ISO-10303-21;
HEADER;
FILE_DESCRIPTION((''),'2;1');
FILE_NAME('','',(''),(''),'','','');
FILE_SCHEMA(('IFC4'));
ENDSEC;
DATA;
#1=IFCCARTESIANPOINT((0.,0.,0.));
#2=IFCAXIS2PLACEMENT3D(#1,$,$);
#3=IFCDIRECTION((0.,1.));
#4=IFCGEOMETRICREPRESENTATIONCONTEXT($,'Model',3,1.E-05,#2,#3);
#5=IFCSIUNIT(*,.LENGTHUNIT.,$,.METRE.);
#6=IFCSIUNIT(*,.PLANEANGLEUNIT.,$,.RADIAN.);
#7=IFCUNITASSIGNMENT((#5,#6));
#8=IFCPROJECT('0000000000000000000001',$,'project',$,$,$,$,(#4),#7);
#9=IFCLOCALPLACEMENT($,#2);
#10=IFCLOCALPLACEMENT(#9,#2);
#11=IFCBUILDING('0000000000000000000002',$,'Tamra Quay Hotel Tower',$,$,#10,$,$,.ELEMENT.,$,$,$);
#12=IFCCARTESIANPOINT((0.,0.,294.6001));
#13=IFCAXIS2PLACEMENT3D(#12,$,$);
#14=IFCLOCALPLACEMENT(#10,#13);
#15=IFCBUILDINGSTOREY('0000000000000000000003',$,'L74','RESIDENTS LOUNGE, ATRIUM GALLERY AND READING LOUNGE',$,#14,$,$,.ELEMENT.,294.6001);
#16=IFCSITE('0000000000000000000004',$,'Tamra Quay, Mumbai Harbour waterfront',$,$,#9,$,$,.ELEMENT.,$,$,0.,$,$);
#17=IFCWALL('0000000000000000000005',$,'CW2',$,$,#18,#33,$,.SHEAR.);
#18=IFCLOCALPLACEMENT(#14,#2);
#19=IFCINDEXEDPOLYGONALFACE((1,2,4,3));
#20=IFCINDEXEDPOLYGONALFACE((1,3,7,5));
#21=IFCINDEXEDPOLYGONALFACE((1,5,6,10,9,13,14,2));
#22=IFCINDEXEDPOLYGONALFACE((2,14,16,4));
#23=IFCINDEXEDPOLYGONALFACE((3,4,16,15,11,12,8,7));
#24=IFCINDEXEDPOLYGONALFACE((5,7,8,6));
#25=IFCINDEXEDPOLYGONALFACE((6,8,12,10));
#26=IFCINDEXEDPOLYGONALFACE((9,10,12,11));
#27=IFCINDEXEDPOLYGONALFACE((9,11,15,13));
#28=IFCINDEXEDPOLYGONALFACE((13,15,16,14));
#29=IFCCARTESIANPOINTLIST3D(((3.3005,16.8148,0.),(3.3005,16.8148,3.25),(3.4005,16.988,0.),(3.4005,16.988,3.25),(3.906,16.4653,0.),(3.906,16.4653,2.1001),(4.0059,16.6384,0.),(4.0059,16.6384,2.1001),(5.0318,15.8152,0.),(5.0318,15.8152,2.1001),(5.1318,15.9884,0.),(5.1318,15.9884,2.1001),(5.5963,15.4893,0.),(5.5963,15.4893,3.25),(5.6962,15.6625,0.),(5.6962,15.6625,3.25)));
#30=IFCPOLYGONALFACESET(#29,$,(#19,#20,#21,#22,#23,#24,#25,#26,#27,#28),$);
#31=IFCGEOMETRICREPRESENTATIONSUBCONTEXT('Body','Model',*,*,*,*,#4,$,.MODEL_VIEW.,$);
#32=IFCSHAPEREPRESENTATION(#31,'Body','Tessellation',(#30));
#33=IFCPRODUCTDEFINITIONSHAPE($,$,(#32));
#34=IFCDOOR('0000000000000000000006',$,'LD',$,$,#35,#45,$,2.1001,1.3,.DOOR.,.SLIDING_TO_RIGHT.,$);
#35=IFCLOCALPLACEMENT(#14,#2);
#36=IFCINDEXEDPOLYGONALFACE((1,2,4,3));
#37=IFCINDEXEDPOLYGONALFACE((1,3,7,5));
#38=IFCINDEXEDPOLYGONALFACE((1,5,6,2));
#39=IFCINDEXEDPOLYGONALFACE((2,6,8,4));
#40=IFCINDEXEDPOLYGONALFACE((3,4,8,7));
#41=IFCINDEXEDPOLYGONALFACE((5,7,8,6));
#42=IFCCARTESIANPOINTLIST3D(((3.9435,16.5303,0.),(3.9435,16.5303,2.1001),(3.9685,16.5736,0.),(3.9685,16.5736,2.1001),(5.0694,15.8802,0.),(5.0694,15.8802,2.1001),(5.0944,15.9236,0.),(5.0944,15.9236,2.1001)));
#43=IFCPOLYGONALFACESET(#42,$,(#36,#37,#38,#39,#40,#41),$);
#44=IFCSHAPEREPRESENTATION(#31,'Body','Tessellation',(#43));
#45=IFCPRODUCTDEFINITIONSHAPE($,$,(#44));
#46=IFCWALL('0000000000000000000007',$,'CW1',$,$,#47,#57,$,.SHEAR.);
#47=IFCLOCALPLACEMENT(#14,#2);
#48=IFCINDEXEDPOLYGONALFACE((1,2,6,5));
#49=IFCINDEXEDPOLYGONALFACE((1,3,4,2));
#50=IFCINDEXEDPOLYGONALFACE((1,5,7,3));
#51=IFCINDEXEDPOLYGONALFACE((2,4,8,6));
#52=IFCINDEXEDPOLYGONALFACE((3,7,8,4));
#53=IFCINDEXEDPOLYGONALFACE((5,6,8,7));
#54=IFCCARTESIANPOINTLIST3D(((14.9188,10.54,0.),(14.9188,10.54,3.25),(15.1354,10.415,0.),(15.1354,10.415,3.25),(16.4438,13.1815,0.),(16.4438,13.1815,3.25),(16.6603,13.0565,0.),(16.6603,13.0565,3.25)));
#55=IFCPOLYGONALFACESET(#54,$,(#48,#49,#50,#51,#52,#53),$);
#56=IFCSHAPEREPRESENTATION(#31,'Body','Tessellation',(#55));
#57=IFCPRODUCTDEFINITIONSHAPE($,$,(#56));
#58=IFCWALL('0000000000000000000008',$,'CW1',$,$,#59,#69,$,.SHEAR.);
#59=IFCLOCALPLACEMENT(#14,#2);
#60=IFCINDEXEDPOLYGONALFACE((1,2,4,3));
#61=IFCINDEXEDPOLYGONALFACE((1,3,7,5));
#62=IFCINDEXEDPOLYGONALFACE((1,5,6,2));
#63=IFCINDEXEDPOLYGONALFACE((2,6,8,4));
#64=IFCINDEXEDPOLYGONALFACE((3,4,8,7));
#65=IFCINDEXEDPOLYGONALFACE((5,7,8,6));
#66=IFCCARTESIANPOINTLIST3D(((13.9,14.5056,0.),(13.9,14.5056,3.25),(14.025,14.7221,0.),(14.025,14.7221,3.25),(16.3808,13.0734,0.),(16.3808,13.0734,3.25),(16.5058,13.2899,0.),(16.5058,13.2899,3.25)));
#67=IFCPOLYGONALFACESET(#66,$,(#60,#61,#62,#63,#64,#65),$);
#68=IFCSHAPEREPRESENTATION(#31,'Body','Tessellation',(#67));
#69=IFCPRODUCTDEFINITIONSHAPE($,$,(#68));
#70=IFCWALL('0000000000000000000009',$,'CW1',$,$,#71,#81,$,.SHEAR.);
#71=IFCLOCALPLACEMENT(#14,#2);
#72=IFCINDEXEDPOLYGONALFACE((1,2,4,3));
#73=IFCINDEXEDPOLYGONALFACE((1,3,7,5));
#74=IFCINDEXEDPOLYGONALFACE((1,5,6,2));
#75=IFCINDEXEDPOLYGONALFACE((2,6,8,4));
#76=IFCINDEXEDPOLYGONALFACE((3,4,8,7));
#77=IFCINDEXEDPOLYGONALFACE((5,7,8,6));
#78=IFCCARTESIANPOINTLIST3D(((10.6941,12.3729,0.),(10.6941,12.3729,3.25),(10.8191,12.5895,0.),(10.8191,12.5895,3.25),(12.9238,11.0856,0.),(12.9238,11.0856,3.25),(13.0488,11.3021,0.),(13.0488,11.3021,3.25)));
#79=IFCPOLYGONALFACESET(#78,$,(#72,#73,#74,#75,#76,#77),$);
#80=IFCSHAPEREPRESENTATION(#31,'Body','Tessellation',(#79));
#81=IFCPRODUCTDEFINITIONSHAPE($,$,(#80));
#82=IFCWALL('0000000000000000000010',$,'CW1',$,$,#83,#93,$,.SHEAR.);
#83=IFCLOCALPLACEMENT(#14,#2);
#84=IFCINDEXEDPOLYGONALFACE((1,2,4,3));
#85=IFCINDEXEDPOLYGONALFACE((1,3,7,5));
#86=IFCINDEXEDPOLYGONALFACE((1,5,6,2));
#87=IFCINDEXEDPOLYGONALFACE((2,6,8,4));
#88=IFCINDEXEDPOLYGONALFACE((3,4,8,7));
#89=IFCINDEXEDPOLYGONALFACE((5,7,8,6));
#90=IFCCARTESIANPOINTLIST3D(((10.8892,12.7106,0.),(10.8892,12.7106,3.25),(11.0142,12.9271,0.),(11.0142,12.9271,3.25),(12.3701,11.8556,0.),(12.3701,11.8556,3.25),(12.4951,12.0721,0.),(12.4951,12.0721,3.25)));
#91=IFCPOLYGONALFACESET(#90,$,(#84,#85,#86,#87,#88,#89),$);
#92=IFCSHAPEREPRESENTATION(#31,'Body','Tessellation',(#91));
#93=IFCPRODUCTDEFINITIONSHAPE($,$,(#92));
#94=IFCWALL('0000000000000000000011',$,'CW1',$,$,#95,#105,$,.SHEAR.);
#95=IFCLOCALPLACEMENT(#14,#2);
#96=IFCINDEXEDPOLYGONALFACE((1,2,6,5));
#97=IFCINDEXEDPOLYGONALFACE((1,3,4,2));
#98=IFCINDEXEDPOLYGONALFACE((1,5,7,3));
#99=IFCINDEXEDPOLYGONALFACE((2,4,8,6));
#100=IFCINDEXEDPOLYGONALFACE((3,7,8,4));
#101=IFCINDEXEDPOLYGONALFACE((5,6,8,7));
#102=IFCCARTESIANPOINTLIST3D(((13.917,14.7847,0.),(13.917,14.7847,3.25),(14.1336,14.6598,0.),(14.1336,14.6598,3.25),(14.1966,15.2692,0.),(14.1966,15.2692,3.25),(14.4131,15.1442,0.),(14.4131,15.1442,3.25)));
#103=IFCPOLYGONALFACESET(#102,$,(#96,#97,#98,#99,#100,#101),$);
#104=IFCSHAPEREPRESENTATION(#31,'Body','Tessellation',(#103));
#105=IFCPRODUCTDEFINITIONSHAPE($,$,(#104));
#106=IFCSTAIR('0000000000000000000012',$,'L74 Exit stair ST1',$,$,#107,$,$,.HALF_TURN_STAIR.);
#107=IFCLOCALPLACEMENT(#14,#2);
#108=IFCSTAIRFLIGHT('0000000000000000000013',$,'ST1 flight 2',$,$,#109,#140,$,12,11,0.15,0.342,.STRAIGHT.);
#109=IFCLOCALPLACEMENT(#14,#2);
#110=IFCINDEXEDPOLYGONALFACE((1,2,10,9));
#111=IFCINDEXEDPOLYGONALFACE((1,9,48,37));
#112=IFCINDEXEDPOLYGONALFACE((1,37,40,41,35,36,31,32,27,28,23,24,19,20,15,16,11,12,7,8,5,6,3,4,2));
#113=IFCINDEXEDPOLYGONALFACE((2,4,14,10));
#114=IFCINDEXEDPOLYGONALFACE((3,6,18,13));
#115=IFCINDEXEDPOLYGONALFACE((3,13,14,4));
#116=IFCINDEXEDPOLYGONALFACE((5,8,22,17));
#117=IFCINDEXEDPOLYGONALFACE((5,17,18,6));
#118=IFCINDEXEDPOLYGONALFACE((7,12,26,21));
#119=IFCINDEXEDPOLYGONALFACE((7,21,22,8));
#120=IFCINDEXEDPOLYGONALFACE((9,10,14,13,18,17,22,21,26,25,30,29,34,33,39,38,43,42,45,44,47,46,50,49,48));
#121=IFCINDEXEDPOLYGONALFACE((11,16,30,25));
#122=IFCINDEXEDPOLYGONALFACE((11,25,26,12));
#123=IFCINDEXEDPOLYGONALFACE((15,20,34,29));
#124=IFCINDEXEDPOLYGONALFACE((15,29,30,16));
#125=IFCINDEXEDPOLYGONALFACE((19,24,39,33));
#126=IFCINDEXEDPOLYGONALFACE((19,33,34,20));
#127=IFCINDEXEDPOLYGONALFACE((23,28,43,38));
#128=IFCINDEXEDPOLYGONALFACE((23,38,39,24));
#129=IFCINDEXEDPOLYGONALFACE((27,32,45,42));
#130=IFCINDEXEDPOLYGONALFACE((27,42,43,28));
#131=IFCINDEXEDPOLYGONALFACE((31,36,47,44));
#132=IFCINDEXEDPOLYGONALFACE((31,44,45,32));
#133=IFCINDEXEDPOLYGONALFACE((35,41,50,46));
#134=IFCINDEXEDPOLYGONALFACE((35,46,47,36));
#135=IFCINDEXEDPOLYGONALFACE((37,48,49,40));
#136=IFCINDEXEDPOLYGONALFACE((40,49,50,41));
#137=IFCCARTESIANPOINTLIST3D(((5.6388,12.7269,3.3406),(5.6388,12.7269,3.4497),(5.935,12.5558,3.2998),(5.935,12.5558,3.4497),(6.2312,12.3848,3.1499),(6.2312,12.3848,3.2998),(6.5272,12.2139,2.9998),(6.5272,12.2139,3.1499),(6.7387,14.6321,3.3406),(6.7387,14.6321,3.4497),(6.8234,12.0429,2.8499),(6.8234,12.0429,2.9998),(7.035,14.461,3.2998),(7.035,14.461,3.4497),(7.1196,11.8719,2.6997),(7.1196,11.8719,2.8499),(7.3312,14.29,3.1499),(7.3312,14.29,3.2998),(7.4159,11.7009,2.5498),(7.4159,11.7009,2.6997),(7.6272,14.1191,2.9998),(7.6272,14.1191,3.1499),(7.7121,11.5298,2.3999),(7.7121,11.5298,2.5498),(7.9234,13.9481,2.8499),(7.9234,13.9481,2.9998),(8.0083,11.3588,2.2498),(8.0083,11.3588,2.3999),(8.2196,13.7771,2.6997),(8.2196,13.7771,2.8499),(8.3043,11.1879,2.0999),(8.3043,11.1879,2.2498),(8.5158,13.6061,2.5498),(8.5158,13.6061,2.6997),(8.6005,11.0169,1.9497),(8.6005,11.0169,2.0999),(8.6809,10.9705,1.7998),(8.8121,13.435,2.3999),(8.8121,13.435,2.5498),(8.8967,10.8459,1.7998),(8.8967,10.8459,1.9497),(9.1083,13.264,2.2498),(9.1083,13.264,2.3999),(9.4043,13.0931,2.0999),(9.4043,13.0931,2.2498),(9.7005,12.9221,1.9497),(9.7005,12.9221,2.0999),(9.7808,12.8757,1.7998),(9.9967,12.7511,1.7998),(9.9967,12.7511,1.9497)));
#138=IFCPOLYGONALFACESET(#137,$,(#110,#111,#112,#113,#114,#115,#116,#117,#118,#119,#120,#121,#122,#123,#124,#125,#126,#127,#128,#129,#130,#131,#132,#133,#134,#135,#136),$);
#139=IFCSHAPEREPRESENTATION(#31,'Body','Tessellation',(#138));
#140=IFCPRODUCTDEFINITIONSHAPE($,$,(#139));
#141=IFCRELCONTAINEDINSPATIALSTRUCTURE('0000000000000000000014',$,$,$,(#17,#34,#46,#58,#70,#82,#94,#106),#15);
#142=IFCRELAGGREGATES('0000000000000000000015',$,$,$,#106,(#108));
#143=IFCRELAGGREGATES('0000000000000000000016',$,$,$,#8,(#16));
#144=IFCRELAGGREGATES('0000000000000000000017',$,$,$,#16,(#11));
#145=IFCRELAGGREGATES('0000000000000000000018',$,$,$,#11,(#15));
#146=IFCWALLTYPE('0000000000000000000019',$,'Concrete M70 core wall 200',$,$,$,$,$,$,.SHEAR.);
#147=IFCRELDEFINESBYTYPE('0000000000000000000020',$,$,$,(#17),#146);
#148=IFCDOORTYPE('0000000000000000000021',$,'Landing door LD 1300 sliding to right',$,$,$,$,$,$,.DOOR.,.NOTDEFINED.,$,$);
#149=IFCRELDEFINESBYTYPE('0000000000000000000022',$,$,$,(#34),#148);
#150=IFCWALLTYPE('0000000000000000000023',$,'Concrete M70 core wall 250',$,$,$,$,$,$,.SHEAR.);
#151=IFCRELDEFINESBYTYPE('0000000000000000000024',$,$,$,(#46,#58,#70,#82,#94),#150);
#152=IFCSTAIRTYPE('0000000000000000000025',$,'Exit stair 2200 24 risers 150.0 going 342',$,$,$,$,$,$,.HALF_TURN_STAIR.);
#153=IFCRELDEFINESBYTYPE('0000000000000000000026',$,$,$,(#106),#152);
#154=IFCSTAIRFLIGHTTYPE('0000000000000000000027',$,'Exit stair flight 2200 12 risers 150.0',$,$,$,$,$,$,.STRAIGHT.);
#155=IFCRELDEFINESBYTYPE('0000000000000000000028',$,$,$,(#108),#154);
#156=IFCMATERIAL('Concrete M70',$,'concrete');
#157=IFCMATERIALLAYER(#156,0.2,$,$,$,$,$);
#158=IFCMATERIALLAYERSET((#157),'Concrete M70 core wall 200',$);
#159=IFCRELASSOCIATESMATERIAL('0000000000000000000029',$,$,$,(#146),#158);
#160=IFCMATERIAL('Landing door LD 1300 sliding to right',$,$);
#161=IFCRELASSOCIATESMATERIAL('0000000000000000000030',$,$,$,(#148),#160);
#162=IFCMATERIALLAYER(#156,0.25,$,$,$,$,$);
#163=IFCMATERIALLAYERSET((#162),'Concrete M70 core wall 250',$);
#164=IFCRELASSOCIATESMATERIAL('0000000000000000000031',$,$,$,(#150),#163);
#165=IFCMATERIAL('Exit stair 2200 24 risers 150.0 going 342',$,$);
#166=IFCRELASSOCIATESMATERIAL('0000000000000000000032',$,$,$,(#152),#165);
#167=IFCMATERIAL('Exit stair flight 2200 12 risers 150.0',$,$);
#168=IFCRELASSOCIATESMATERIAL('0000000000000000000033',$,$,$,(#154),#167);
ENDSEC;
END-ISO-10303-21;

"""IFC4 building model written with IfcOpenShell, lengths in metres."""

from ifc_helpers import new_model, si_unit, direction, frame, frame_2d, origin, place, context, subcontext, project, spatial, polyline, rectangle, outline, extrude, material, layer, layer_set, type_object, element, fill, aggregate, save


model = new_model("IFC4")

# Units and contexts
model_context = context("Model", 3, precision=1e-05, world=origin(), true_north=direction((0.0, 1.0)))
body_context = subcontext(model_context, "Body", "Model", "MODEL_VIEW")
ifc_project = project(units=[si_unit("LENGTHUNIT", "METRE"), si_unit("PLANEANGLEUNIT", "RADIAN")], contexts=[model_context])

# Site, building, storey
site_placement = place(None, origin())
site = spatial("IfcSite", under=ifc_project, at=site_placement, Name="Tamra Quay, Mumbai Harbour waterfront", CompositionType="ELEMENT", RefElevation=0.0)
building_placement = place(site_placement, origin())
building = spatial("IfcBuilding", under=site, at=building_placement, Name="Tamra Quay Hotel Tower", CompositionType="ELEMENT")
storey_placement = place(building_placement, frame((0.0, 0.0, 294.6001)))
storey = spatial("IfcBuildingStorey", under=building, at=storey_placement, Name="L74", Description="RESIDENTS LOUNGE, ATRIUM GALLERY AND READING LOUNGE", CompositionType="ELEMENT", Elevation=294.6001)

# Shared definitions
ifc_material_1 = material(Name="Concrete M70", Category="concrete")
ifc_layer_1 = layer(ifc_material_1, 0.2)
ifc_layer_set_1 = layer_set([ifc_layer_1], Name="Concrete M70 core wall 200")
wall_type_1 = type_object("IfcWallType", Name="Concrete M70 core wall 200", PredefinedType="SHEAR", material=ifc_layer_set_1)

# Wall, opening, door
wall_1_placement = place(storey_placement, frame((5.6462, 15.5759, 0.0), z_axis=(0.0, 0.0, 1.0), x_axis=(-0.866018, 0.500012, 0.0)))
wall_1 = element("IfcWall", 1, at=wall_1_placement, inside=storey, type_object=wall_type_1, Name="CW2", PredefinedType="SHEAR", context=body_context, shape_type="SweptSolid", body=[
    extrude(rectangle(XDim=2.6509, YDim=0.2, at=frame_2d((1.3254, 0.0))), origin(), (0.0, 0.0, 1.0), 3.25),
])
opening_1_placement = place(wall_1_placement, frame((0.6519, 0.0, 0.0)))
opening_1 = element("IfcOpeningElement", 2, at=opening_1_placement, cuts=wall_1, PredefinedType="OPENING", context=body_context, shape_type="SweptSolid", body=[
    extrude(rectangle(XDim=1.3, YDim=2.1001, at=frame_2d((0.6499, 1.05))), frame((0.0, 0.1099, 0.0), z_axis=(0.0, -1.0, 0.0), x_axis=(1.0, 0.0, 0.0)), (0.0, 0.0, 1.0), 0.22),
])
ifc_material_2 = material(Name="Landing door LD 1300 sliding to right")
door_type_1 = type_object("IfcDoorType", Name="Landing door LD 1300 sliding to right", OperationType="NOTDEFINED", PredefinedType="DOOR", material=ifc_material_2)
door_1_placement = place(opening_1_placement, origin())
door_1 = element("IfcDoor", 3, at=door_1_placement, inside=storey, type_object=door_type_1, Name="LD", OperationType="SLIDING_TO_RIGHT", OverallHeight=2.1001, OverallWidth=1.3, PredefinedType="DOOR", context=body_context, shape_type="SweptSolid", body=[
    extrude(rectangle(XDim=1.3, YDim=2.1001, at=frame_2d((0.6499, 1.05))), frame((0.0, 0.0249, 0.0), z_axis=(0.0, -1.0, 0.0), x_axis=(1.0, 0.0, 0.0)), (0.0, 0.0, 1.0), 0.05),
])
fill(opening_1, door_1)

# Walls
ifc_layer_2 = layer(ifc_material_1, 0.25)
ifc_layer_set_2 = layer_set([ifc_layer_2], Name="Concrete M70 core wall 250")
wall_type_2 = type_object("IfcWallType", Name="Concrete M70 core wall 250", PredefinedType="SHEAR", material=ifc_layer_set_2)
wall_2_placement = place(storey_placement, frame((16.552, 13.1189, 0.0), z_axis=(0.0, 0.0, 1.0), x_axis=(-0.499979, -0.866038, 0.0)))
element("IfcWall", 4, at=wall_2_placement, inside=storey, type_object=wall_type_2, Name="CW1", PredefinedType="SHEAR", context=body_context, shape_type="SweptSolid", body=[
    extrude(rectangle(XDim=3.05, YDim=0.25, at=frame_2d((1.5249, 0.0))), origin(), (0.0, 0.0, 1.0), 3.25),
])
wall_3_placement = place(storey_placement, frame((13.9626, 14.6138, 0.0), z_axis=(0.0, 0.0, 1.0), x_axis=(0.866042, -0.499971, 0.0)))
element("IfcWall", 5, at=wall_3_placement, inside=storey, type_object=wall_type_2, Name="CW1", PredefinedType="SHEAR", context=body_context, shape_type="SweptSolid", body=[
    extrude(rectangle(XDim=2.8645, YDim=0.25, at=frame_2d((1.4321, 0.0))), origin(), (0.0, 0.0, 1.0), 3.25),
])
wall_4_placement = place(storey_placement, frame((10.7566, 12.4812, 0.0), z_axis=(0.0, 0.0, 1.0), x_axis=(0.866023, -0.500004, 0.0)))
element("IfcWall", 6, at=wall_4_placement, inside=storey, type_object=wall_type_2, Name="CW1", PredefinedType="SHEAR", context=body_context, shape_type="SweptSolid", body=[
    extrude(rectangle(XDim=2.5747, YDim=0.25, at=frame_2d((1.2874, 0.0))), origin(), (0.0, 0.0, 1.0), 3.25),
])
wall_5_placement = place(storey_placement, frame((12.4326, 11.9639, 0.0), z_axis=(0.0, 0.0, 1.0), x_axis=(-0.866038, 0.499978, 0.0)))
element("IfcWall", 7, at=wall_5_placement, inside=storey, type_object=wall_type_2, Name="CW1", PredefinedType="SHEAR", context=body_context, shape_type="SweptSolid", body=[
    extrude(rectangle(XDim=1.71, YDim=0.25, at=frame_2d((0.855, 0.0))), origin(), (0.0, 0.0, 1.0), 3.25),
])
wall_6_placement = place(storey_placement, frame((14.3049, 15.2068, 0.0), z_axis=(0.0, 0.0, 1.0), x_axis=(-0.499848, -0.866113, 0.0)))
element("IfcWall", 8, at=wall_6_placement, inside=storey, type_object=wall_type_2, Name="CW1", PredefinedType="SHEAR", context=body_context, shape_type="SweptSolid", body=[
    extrude(rectangle(XDim=0.5593, YDim=0.25, at=frame_2d((0.2798, 0.0))), origin(), (0.0, 0.0, 1.0), 3.25),
])

# Stair, stair flight
ifc_material_3 = material(Name="Exit stair 2200 24 risers 150.0 going 342")
stair_type = type_object("IfcStairType", Name="Exit stair 2200 24 risers 150.0 going 342", PredefinedType="HALF_TURN_STAIR", material=ifc_material_3)
stair_placement = place(storey_placement, origin())
stair = element("IfcStair", 9, at=stair_placement, inside=storey, type_object=stair_type, Name="L74 Exit stair ST1", PredefinedType="HALF_TURN_STAIR")
ifc_material_4 = material(Name="Exit stair flight 2200 12 risers 150.0")
stair_flight_type = type_object("IfcStairFlightType", Name="Exit stair flight 2200 12 risers 150.0", PredefinedType="STRAIGHT", material=ifc_material_4)
stair_flight_placement = place(storey_placement, frame((9.4468, 11.7986, 1.7998), z_axis=(0.0, 0.0, 1.0), x_axis=(-0.866025, 0.5, 0.0)))
stair_flight = element("IfcStairFlight", 10, at=stair_flight_placement, type_object=stair_flight_type, Name="ST1 flight 2", NumberOfRisers=12, NumberOfTreads=11, PredefinedType="STRAIGHT", RiserHeight=0.15, TreadLength=0.342, context=body_context, shape_type="SweptSolid", body=[
    extrude(outline(polyline([(0.0, 0.0), (0.0, 0.1499), (0.342, 0.1499), (0.342, 0.3), (0.6841, 0.3), (0.6841, 0.45), (1.0259, 0.45), (1.0259, 0.6001), (1.3679, 0.6001), (1.3679, 0.75), (1.71, 0.75), (1.71, 0.8999), (2.052, 0.8999), (2.052, 1.05), (2.394, 1.05), (2.394, 1.2), (2.7361, 1.2), (2.7361, 1.3501), (3.0779, 1.3501), (3.0779, 1.5), (3.4199, 1.5), (3.4199, 1.6499), (3.762, 1.6499), (3.762, 1.8), (3.762, 1.5408), (0.2493, 0.0), (0.0, 0.0)])), frame((0.0, 1.1001, 0.0), z_axis=(0.0, -1.0, 0.0), x_axis=(1.0, 0.0, 0.0)), (0.0, 0.0, 1.0), 2.2),
])
aggregate(stair, [stair_flight])

save(model, "model.ifc")
